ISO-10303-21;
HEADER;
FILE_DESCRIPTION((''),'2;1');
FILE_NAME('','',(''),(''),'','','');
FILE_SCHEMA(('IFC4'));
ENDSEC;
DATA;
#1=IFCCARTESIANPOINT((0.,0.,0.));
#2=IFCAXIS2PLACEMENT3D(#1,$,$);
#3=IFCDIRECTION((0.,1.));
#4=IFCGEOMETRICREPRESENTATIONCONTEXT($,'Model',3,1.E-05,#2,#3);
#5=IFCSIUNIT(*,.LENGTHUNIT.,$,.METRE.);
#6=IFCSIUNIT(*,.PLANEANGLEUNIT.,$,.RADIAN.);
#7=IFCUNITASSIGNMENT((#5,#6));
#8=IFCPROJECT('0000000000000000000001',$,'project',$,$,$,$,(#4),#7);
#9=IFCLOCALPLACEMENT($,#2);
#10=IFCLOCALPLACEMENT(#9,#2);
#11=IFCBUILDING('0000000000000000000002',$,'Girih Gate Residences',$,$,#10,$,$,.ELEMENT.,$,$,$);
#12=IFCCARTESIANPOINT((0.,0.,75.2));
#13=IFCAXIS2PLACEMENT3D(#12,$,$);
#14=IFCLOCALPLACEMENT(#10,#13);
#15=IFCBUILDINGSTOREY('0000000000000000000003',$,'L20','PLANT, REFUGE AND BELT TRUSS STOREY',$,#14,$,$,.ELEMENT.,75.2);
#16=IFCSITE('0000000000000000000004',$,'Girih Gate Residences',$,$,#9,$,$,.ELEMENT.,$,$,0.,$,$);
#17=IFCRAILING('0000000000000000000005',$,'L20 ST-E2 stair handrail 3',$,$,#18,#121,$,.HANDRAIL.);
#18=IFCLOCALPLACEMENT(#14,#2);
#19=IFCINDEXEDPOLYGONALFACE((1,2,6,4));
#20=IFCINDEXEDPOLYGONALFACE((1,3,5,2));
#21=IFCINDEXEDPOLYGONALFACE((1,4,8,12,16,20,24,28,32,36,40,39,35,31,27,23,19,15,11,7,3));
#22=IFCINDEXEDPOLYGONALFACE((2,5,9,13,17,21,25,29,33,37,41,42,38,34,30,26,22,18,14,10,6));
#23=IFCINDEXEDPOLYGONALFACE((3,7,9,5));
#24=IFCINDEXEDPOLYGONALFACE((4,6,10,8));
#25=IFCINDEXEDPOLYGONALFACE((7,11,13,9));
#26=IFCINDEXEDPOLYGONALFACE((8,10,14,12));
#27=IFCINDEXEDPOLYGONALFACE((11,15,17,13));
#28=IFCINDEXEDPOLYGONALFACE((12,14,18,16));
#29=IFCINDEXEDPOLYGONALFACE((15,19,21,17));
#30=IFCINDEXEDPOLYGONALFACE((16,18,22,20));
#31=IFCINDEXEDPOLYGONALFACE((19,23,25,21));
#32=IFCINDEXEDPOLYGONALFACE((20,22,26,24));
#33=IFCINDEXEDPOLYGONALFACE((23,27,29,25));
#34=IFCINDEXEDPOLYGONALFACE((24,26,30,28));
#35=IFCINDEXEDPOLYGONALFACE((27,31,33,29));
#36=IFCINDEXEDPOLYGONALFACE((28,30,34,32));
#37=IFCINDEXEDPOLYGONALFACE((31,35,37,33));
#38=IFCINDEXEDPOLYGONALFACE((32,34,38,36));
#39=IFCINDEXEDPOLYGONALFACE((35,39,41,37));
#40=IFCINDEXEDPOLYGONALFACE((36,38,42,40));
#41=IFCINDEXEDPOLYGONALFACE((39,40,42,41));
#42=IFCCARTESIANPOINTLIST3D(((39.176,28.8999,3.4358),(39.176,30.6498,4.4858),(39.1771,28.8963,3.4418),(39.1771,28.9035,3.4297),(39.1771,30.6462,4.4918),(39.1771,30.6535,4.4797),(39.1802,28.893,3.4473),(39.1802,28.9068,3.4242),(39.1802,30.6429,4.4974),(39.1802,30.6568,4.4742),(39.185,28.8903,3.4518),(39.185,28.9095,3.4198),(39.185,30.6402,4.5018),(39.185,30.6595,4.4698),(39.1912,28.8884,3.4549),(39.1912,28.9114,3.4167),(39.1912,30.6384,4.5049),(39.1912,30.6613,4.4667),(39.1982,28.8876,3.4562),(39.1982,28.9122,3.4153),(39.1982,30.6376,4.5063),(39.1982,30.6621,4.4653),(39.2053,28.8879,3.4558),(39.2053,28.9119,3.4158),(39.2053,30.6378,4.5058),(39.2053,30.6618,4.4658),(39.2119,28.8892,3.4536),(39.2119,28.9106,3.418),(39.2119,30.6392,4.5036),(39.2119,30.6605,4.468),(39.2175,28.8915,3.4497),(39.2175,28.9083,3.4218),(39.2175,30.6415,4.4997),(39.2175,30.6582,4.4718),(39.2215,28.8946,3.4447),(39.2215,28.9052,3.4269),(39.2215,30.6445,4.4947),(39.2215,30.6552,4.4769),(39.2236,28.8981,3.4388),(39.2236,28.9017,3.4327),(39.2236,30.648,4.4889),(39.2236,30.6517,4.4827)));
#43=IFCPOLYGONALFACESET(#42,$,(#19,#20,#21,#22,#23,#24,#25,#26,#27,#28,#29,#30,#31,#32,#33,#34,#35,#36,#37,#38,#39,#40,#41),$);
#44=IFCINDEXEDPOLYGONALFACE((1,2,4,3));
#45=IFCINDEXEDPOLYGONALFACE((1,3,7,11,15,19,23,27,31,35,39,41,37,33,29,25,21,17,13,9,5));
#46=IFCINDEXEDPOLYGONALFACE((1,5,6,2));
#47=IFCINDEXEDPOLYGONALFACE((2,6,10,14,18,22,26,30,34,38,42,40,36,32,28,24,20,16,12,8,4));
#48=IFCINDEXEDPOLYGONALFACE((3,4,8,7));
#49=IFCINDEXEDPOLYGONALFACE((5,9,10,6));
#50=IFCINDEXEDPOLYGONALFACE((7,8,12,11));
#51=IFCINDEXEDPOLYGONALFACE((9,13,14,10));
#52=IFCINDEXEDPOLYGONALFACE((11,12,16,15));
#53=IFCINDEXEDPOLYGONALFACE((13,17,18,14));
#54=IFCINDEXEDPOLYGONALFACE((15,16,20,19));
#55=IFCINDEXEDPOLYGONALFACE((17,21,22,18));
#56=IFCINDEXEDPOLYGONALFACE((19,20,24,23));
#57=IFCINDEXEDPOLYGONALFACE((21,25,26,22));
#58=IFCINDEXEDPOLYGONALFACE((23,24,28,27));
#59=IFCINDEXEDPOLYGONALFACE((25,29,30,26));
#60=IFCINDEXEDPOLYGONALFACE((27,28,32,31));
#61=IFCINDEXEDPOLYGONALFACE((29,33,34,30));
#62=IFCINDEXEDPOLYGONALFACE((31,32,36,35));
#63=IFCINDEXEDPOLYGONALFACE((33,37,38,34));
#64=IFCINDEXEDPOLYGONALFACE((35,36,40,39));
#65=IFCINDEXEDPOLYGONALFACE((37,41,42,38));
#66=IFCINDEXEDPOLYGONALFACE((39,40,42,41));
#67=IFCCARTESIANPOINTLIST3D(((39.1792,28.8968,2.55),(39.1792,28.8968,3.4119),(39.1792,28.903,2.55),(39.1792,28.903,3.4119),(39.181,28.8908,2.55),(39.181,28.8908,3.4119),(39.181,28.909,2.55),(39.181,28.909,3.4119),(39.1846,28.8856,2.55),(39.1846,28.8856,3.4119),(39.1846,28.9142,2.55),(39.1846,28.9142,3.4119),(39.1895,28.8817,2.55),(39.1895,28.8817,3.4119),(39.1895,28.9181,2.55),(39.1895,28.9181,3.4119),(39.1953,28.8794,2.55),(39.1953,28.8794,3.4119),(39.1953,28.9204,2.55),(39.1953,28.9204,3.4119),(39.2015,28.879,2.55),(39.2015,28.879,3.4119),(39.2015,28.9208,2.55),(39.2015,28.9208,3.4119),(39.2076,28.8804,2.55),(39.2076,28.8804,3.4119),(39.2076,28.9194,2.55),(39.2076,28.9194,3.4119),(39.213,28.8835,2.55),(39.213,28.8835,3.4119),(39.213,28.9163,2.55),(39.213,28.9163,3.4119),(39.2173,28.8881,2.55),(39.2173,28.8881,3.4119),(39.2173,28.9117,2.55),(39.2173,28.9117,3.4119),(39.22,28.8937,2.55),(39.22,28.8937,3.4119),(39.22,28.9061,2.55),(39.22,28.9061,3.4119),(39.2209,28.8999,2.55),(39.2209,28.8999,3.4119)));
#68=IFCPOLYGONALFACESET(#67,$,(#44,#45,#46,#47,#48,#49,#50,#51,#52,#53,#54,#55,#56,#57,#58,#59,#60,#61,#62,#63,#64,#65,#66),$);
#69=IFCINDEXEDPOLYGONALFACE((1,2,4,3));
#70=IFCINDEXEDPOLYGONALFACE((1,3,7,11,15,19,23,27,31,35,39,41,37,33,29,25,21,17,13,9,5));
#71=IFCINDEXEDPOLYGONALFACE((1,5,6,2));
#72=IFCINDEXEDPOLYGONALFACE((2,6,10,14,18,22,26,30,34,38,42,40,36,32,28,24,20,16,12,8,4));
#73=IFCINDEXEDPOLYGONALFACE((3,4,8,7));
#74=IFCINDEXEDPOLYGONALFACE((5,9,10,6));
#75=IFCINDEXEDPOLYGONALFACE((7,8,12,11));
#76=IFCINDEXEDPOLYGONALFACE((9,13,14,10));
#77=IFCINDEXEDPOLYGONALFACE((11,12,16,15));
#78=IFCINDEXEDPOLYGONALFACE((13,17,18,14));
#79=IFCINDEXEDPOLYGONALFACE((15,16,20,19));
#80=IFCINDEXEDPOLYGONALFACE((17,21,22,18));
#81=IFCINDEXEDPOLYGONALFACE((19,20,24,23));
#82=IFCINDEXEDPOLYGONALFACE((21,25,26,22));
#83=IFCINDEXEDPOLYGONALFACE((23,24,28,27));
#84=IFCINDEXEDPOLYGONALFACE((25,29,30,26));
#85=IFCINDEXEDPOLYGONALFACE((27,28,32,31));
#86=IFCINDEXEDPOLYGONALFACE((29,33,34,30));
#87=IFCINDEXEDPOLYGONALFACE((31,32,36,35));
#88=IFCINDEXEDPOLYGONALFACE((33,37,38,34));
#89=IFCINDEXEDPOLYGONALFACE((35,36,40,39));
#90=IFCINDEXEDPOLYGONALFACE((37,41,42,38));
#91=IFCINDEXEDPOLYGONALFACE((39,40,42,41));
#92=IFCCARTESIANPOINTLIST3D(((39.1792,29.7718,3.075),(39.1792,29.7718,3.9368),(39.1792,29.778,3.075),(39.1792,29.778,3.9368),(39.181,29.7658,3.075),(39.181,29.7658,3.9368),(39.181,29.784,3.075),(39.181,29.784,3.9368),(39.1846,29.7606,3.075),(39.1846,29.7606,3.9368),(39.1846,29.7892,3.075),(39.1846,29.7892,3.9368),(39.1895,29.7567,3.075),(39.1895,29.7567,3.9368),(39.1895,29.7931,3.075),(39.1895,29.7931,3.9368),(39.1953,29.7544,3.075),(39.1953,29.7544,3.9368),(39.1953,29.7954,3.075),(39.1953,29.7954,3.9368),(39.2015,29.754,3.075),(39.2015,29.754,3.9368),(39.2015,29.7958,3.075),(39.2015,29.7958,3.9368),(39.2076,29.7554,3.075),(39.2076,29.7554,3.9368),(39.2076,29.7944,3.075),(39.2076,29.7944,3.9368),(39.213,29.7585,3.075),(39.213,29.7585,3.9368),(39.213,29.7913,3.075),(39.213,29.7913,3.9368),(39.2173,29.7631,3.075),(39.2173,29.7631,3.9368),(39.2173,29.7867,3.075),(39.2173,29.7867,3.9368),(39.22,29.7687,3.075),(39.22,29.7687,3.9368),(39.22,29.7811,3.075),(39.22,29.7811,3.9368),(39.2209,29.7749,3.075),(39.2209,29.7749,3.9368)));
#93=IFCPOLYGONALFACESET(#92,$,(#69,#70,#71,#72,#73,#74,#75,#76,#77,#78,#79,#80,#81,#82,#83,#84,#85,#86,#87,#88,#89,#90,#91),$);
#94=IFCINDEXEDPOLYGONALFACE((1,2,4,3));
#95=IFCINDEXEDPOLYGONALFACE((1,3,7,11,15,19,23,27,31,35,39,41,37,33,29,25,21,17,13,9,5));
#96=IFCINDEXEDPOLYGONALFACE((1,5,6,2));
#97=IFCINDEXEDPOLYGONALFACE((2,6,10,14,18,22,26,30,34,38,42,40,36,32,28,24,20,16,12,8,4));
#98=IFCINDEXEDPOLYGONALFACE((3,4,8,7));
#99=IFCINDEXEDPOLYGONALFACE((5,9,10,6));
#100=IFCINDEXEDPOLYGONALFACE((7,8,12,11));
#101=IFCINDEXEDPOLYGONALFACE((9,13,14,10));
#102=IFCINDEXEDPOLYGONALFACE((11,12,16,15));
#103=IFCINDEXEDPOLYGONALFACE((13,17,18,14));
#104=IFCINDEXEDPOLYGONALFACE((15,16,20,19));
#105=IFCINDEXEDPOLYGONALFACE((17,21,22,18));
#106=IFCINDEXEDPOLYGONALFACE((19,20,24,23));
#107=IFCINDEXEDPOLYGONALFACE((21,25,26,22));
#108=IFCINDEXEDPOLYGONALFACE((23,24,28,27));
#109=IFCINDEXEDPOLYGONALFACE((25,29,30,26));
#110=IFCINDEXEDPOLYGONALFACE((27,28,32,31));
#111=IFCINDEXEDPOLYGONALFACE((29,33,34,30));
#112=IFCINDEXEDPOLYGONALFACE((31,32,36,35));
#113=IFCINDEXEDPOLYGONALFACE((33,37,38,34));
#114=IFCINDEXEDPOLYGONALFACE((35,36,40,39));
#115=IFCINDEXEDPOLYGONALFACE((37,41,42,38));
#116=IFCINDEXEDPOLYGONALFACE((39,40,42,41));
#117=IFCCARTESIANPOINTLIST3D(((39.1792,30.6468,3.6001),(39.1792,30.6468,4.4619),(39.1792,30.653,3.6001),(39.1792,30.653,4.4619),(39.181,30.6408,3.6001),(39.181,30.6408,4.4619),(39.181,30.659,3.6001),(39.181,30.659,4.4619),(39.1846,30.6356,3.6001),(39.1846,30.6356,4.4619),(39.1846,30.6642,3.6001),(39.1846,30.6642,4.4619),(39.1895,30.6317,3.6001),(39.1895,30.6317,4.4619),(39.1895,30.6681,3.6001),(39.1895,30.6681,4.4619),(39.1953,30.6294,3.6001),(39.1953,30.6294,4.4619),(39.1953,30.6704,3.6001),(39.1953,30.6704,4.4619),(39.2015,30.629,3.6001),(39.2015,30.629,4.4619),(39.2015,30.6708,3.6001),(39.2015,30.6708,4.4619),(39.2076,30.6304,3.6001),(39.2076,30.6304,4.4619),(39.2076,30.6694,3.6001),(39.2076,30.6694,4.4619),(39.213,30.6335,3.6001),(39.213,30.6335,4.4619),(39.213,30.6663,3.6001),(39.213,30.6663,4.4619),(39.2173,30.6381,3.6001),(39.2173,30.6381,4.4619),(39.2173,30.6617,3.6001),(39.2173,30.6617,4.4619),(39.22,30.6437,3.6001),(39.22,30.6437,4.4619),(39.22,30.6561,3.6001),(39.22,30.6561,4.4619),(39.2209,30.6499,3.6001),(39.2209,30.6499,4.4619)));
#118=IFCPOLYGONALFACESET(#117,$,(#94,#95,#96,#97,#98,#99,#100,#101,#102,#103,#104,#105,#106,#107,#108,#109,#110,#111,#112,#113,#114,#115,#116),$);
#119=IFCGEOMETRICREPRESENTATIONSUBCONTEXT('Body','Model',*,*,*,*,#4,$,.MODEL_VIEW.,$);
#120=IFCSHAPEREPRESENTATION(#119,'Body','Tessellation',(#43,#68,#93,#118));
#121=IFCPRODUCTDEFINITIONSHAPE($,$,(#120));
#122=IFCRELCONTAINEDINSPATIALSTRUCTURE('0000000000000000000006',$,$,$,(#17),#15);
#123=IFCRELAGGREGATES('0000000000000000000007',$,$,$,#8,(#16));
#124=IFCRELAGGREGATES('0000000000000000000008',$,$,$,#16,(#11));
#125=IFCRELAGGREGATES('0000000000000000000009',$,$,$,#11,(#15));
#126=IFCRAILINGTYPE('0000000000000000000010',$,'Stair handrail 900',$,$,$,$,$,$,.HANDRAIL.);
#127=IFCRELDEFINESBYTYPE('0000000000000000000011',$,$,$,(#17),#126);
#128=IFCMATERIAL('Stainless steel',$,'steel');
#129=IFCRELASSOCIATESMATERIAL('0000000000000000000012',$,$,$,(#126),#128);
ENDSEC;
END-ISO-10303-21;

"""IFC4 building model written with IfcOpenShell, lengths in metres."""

from ifc_helpers import new_model, si_unit, direction, frame, origin, origin_2d, place, context, subcontext, project, spatial, circle, extrude, material, type_object, element, save


model = new_model("IFC4")

# Units and contexts
model_context = context("Model", 3, precision=1e-05, world=origin(), true_north=direction((0.0, 1.0)))
body_context = subcontext(model_context, "Body", "Model", "MODEL_VIEW")
ifc_project = project(units=[si_unit("LENGTHUNIT", "METRE"), si_unit("PLANEANGLEUNIT", "RADIAN")], contexts=[model_context])

# Site, building, storey
site_placement = place(None, origin())
site = spatial("IfcSite", under=ifc_project, at=site_placement, Name="Girih Gate Residences", CompositionType="ELEMENT", RefElevation=0.0)
building_placement = place(site_placement, origin())
building = spatial("IfcBuilding", under=site, at=building_placement, Name="Girih Gate Residences", CompositionType="ELEMENT")
storey_placement = place(building_placement, frame((0.0, 0.0, 75.2)))
storey = spatial("IfcBuildingStorey", under=building, at=storey_placement, Name="L20", Description="PLANT, REFUGE AND BELT TRUSS STOREY", CompositionType="ELEMENT", Elevation=75.2)

# Railing
ifc_material_1 = material(Name="Stainless steel", Category="steel")
railing_type_1 = type_object("IfcRailingType", Name="Stair handrail 900", PredefinedType="HANDRAIL", material=ifc_material_1)
railing_1_placement = place(storey_placement, frame((39.2, 28.8999, 2.55)))
element("IfcRailing", 1, at=railing_1_placement, inside=storey, type_object=railing_type_1, Name="L20 ST-E2 stair handrail 3", PredefinedType="HANDRAIL", context=body_context, shape_type="SweptSolid", body=[
    extrude(circle(Radius=0.0239, at=origin_2d()), frame((0.0, 0.0, 0.8857), z_axis=(0.0, 0.857482, 0.514513), x_axis=(-1.0, 0.0, 0.0)), (0.0, 0.0, 1.0), 2.0408),
    extrude(circle(Radius=0.021, at=origin_2d()), origin(), (0.0, 0.0, 1.0), 0.8618),
    extrude(circle(Radius=0.021, at=origin_2d()), frame((0.0, 0.875, 0.5249)), (0.0, 0.0, 1.0), 0.8618),
    extrude(circle(Radius=0.021, at=origin_2d()), frame((0.0, 1.75, 1.05)), (0.0, 0.0, 1.0), 0.8618),
])

save(model, "model.ifc")
